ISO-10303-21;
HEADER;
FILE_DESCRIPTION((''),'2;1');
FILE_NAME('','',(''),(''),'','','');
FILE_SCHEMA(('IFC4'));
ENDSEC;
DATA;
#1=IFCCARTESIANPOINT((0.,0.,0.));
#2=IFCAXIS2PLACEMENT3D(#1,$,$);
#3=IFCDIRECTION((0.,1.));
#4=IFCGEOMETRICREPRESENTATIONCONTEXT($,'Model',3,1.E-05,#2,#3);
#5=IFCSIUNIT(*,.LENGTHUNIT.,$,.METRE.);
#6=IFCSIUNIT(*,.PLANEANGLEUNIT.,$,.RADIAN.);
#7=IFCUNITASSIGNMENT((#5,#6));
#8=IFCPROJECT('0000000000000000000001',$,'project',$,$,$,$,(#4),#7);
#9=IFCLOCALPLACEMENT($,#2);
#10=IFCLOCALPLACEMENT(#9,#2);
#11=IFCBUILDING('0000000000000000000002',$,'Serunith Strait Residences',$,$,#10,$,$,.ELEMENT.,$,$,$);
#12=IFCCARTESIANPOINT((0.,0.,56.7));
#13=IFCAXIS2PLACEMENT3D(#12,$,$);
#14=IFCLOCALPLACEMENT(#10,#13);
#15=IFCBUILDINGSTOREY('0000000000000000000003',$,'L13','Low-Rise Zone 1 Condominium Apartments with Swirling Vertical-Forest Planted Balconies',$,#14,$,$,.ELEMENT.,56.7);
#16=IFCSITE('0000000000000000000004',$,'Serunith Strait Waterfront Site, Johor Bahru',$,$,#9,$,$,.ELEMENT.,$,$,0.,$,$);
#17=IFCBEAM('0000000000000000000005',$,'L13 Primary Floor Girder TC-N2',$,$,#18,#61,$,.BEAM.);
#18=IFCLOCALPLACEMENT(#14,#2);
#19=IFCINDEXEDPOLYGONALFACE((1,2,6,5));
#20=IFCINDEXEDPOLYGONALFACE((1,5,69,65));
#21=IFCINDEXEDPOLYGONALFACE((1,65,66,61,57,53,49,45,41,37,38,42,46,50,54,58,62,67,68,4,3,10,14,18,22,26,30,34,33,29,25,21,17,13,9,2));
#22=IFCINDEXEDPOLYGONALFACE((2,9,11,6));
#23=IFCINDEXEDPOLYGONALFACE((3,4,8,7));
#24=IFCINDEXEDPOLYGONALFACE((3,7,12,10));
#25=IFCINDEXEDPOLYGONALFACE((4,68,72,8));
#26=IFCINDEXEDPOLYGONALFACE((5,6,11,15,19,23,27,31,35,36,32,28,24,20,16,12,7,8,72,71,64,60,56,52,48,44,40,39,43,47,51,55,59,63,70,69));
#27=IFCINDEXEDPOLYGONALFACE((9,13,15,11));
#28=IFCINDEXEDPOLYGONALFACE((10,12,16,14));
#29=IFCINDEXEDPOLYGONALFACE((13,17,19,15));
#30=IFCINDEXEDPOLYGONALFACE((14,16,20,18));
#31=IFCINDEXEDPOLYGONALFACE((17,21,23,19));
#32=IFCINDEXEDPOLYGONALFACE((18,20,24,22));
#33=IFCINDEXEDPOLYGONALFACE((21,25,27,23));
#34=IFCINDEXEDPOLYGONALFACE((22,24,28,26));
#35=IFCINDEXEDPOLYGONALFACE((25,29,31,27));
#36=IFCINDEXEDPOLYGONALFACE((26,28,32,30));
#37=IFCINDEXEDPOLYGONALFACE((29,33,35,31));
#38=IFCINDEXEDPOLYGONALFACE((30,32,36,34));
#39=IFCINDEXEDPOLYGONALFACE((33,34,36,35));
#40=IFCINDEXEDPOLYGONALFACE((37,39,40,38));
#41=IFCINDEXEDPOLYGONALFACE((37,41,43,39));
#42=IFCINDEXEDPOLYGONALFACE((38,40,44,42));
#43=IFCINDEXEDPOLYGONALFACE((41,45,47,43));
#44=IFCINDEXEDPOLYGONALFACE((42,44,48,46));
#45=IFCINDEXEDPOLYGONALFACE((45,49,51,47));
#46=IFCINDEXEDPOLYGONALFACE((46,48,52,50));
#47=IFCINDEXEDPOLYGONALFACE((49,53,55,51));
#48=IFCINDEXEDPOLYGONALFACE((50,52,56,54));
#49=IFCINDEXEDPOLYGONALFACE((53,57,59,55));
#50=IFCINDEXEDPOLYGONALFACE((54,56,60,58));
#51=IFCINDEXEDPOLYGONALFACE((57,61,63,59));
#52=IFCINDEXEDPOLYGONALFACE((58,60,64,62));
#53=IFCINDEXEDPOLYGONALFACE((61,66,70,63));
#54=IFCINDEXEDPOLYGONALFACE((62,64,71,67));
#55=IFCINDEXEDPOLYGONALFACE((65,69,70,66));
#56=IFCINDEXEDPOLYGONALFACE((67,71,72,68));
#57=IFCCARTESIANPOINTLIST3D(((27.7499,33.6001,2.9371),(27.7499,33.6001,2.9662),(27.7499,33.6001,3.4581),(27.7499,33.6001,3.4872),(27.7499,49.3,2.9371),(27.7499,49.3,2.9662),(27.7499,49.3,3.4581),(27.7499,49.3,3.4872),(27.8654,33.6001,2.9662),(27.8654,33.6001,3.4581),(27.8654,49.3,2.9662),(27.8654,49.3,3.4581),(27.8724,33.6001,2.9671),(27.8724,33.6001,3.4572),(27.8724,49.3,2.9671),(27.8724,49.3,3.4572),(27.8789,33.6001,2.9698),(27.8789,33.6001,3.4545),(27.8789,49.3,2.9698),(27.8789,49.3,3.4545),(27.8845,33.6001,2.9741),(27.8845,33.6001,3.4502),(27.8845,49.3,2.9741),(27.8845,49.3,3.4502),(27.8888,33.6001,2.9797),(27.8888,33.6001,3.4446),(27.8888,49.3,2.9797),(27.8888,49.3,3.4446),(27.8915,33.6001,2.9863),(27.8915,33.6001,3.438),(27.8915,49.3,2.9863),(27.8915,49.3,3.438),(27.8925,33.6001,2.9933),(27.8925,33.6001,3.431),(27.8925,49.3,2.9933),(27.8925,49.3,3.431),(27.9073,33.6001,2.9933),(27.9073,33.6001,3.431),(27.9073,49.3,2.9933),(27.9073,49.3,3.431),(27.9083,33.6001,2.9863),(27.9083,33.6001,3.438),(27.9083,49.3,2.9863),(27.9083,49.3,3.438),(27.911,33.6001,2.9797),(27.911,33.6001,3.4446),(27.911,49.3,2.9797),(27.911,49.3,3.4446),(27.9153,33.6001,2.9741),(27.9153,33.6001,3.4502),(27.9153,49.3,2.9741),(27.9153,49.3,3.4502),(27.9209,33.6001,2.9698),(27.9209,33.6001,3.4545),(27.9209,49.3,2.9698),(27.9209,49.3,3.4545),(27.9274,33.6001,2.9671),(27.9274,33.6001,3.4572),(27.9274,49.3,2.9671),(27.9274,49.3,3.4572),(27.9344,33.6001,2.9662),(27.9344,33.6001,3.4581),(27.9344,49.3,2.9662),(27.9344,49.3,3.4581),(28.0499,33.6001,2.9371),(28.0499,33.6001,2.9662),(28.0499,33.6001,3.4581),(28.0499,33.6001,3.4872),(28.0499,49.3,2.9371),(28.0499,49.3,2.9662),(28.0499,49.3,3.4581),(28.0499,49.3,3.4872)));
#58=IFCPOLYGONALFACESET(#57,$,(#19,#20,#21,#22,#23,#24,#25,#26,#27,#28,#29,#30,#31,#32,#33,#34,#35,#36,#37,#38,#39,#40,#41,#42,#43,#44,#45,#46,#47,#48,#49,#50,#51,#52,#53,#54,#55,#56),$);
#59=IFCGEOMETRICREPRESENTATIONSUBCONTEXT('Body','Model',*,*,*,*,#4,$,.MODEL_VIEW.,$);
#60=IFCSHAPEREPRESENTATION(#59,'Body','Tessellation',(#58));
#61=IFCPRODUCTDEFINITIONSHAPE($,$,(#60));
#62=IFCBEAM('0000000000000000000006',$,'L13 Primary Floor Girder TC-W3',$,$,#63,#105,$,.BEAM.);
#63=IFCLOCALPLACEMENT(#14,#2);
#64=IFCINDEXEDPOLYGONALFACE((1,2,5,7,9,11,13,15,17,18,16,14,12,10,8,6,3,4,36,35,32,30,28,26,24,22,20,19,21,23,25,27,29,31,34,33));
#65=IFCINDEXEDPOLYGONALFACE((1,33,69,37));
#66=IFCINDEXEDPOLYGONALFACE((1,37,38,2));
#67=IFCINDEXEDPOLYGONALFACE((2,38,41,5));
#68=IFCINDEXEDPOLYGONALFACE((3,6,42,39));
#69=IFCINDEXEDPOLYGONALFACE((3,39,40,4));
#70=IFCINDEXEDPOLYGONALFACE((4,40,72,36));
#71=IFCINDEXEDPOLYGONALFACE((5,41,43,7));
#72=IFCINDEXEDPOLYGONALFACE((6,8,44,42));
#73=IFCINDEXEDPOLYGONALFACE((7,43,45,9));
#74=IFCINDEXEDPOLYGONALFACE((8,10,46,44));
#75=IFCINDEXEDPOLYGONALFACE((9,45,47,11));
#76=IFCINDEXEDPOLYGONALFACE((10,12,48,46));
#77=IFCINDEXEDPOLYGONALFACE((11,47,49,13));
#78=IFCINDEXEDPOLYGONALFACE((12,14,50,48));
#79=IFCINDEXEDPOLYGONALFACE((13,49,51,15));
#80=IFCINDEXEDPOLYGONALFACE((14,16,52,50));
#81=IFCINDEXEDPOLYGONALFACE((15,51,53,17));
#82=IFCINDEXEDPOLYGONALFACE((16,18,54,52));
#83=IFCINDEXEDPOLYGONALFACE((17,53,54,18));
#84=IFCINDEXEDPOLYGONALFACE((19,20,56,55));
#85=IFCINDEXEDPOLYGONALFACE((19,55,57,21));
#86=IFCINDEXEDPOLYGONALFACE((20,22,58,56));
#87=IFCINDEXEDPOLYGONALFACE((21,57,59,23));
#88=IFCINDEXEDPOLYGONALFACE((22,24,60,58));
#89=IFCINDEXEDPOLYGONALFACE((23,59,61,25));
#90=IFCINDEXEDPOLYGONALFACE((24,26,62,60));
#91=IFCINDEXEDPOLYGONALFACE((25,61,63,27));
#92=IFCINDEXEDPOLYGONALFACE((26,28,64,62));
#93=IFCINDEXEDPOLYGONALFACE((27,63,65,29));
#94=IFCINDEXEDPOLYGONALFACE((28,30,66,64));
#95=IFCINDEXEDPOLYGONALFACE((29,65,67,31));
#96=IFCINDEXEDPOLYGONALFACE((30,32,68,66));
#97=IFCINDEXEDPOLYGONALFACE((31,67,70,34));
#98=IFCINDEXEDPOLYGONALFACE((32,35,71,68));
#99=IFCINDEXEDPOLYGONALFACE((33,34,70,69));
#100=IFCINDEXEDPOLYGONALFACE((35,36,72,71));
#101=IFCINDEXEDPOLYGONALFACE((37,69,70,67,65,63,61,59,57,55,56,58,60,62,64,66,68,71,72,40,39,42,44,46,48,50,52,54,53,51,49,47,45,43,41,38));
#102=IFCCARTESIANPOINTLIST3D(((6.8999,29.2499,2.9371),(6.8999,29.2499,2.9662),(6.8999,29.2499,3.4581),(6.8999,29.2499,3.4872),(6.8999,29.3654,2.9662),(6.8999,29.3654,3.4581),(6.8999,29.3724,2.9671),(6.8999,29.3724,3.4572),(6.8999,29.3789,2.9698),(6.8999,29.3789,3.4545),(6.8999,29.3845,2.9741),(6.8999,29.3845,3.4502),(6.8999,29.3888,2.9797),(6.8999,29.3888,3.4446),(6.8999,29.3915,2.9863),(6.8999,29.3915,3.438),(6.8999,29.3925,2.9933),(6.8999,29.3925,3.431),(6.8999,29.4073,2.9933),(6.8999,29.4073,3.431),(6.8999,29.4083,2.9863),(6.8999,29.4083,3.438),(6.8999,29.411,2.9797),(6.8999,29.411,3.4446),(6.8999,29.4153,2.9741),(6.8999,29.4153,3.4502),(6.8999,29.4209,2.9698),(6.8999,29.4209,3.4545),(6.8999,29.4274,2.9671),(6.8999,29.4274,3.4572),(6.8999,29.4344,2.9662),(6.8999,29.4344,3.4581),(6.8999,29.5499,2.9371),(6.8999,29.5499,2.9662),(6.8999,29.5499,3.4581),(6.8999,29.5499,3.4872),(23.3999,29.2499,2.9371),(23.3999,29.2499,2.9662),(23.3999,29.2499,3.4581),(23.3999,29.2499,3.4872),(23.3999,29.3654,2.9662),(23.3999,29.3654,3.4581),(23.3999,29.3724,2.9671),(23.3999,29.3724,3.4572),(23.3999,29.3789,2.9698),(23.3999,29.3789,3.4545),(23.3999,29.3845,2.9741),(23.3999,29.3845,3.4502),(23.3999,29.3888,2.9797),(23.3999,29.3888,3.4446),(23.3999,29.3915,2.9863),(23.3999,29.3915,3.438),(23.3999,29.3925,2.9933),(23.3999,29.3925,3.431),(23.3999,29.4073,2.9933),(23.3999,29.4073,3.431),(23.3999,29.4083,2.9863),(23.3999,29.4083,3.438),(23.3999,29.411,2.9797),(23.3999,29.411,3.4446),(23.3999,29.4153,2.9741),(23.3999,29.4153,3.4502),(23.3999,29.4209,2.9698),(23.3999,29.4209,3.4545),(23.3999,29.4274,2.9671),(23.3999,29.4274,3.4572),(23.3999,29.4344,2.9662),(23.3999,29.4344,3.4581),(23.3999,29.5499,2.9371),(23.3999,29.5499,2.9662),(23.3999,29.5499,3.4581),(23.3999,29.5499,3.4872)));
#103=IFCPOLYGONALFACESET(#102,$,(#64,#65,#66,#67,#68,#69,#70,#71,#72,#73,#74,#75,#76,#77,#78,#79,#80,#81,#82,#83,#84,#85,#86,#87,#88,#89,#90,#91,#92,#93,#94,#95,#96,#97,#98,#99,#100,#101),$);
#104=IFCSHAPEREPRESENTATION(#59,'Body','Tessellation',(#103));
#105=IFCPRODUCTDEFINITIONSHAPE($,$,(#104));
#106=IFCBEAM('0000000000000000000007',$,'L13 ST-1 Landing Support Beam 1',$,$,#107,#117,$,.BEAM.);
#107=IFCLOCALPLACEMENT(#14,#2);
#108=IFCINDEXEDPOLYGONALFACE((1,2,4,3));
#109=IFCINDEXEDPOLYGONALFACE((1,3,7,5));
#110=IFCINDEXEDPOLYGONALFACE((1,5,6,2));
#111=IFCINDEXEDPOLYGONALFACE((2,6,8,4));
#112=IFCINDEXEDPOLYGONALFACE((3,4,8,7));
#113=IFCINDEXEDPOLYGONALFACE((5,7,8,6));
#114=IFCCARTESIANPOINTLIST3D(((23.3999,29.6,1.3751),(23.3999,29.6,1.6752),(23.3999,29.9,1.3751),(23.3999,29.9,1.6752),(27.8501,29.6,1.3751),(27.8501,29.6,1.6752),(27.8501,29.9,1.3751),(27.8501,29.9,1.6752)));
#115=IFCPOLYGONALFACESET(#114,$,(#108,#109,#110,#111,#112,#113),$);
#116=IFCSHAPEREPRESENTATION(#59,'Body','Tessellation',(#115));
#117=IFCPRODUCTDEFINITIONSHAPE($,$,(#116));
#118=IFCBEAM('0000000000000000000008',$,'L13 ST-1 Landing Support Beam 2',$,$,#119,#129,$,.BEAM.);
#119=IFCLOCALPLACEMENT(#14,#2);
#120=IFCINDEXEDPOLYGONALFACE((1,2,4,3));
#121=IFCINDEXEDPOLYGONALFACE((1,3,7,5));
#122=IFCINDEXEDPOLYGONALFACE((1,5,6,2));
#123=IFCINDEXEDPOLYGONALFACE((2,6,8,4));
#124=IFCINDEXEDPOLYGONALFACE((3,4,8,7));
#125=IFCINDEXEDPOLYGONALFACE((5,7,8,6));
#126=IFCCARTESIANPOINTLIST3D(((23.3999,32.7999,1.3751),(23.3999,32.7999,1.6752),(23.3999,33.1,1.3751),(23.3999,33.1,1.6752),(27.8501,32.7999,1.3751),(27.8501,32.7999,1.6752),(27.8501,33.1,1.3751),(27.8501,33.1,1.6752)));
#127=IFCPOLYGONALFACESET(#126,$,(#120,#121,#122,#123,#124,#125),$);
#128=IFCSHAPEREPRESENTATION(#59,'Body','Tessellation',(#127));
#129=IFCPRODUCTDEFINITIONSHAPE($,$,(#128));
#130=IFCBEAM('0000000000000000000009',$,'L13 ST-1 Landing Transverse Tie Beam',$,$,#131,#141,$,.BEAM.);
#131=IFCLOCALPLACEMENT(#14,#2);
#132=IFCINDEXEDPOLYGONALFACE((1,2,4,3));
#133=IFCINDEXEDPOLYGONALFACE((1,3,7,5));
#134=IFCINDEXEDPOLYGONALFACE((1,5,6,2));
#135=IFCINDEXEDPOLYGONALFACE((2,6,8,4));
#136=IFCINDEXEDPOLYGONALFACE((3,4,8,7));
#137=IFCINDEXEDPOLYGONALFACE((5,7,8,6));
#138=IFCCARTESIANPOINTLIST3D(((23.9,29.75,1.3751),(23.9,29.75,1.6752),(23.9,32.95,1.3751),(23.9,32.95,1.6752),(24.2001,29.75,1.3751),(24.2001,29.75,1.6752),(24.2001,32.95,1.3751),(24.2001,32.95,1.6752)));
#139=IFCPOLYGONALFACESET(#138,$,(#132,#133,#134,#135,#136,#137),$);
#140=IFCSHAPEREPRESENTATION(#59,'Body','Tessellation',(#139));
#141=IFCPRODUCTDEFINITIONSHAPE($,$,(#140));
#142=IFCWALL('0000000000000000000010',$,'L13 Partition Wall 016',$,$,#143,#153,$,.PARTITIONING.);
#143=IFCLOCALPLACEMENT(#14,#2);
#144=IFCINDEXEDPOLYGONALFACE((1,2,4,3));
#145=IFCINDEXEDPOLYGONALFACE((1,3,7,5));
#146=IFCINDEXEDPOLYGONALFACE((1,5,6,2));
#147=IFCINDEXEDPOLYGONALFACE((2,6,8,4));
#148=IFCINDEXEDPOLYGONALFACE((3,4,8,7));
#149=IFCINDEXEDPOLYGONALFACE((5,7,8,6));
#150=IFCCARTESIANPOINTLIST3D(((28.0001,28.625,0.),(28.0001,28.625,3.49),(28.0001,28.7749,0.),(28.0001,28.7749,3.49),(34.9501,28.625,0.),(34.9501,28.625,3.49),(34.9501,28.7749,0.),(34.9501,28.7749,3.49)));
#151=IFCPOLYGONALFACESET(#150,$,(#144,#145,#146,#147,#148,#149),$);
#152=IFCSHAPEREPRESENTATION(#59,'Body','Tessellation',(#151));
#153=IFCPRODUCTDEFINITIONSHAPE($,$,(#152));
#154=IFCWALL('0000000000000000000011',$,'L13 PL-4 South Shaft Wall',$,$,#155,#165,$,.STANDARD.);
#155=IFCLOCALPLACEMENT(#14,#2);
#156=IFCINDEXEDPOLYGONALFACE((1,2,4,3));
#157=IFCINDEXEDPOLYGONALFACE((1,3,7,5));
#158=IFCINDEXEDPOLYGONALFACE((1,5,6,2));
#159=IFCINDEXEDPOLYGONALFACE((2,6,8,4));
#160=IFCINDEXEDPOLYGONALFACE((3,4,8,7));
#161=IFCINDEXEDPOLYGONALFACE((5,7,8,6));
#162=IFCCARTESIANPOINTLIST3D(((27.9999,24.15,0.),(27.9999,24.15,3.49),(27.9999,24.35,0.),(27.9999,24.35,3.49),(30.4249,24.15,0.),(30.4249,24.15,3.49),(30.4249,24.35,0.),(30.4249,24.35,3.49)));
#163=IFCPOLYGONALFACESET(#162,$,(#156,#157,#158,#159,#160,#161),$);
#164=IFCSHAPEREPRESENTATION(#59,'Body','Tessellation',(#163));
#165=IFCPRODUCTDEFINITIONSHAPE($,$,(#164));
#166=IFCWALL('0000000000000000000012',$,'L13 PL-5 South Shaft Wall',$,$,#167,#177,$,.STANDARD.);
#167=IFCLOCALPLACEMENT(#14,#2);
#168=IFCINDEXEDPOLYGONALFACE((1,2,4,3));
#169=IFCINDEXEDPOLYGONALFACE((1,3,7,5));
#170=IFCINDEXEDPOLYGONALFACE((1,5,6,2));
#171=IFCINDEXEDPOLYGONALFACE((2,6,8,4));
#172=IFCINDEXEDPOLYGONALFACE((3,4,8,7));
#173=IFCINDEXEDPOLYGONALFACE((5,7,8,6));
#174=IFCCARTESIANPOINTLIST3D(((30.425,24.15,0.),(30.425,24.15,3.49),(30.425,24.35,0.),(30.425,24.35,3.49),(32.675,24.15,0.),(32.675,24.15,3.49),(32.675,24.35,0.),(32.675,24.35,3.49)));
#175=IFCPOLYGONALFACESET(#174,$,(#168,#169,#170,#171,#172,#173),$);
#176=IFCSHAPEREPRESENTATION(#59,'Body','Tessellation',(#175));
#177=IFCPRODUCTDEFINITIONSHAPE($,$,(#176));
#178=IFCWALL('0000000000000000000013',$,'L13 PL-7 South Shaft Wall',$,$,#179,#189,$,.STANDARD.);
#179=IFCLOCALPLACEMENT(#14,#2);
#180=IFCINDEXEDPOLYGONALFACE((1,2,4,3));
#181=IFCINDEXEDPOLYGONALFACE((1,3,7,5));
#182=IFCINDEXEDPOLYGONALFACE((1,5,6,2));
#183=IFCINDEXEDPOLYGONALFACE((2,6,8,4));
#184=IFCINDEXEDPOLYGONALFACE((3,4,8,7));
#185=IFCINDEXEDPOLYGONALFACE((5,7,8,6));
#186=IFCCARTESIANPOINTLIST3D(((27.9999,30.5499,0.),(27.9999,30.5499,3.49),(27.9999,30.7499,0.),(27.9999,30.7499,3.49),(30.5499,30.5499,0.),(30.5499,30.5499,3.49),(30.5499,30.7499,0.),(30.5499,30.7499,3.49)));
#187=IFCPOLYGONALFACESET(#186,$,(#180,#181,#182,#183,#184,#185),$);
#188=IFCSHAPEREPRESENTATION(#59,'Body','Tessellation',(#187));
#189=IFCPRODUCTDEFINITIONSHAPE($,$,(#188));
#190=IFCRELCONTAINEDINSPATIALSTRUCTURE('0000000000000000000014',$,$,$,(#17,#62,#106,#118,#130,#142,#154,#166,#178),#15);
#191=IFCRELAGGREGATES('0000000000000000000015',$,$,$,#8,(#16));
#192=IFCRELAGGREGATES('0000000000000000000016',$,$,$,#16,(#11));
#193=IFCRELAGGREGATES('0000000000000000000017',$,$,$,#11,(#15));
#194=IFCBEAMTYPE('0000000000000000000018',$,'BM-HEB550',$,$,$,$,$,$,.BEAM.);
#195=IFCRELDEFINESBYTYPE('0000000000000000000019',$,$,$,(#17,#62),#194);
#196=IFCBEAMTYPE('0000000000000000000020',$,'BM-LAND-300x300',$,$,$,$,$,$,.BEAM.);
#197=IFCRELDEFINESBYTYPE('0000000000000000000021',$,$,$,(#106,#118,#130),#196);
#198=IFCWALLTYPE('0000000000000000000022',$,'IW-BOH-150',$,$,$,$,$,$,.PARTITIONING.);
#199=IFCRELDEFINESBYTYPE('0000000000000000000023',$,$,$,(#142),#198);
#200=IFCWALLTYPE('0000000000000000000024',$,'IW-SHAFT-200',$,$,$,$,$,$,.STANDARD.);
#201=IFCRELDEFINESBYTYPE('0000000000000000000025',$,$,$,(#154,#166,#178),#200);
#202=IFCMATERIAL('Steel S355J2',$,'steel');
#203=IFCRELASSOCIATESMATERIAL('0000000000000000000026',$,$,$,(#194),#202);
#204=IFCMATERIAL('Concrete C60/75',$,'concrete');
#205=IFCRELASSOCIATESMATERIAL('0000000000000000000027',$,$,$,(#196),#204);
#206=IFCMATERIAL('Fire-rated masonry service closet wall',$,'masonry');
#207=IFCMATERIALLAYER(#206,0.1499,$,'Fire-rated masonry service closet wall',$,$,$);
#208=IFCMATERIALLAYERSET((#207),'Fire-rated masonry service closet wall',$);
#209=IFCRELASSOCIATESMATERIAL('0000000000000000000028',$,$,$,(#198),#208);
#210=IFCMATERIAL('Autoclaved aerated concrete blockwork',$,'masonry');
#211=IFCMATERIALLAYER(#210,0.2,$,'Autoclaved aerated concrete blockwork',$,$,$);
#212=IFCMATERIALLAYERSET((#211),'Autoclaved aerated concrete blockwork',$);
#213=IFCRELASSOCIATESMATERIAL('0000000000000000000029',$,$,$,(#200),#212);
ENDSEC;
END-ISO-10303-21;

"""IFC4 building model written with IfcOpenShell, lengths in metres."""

from ifc_helpers import new_model, si_unit, direction, frame, frame_2d, origin, origin_2d, place, context, subcontext, project, spatial, rectangle, i_section, extrude, source, transform, mapped, material, layer, layer_set, material_profile, profile_set, type_object, element, save


model = new_model("IFC4")

# Units and contexts
model_context = context("Model", 3, precision=1e-05, world=origin(), true_north=direction((0.0, 1.0)))
body_context = subcontext(model_context, "Body", "Model", "MODEL_VIEW")
ifc_project = project(units=[si_unit("LENGTHUNIT", "METRE"), si_unit("PLANEANGLEUNIT", "RADIAN")], contexts=[model_context])

# Site, building, storey
site_placement = place(None, origin())
site = spatial("IfcSite", under=ifc_project, at=site_placement, Name="Serunith Strait Waterfront Site, Johor Bahru", CompositionType="ELEMENT", RefElevation=0.0)
building_placement = place(site_placement, origin())
building = spatial("IfcBuilding", under=site, at=building_placement, Name="Serunith Strait Residences", CompositionType="ELEMENT")
storey_placement = place(building_placement, frame((0.0, 0.0, 56.7)))
storey = spatial("IfcBuildingStorey", under=building, at=storey_placement, Name="L13", Description="Low-Rise Zone 1 Condominium Apartments with Swirling Vertical-Forest Planted Balconies", CompositionType="ELEMENT", Elevation=56.7)

# Beams
ifc_material_1 = material(Name="Steel S355J2", Category="steel")
ifc_material_profile_1 = material_profile(ifc_material_1, i_section(OverallWidth=0.3, OverallDepth=0.55, WebThickness=0.0149, FlangeThickness=0.0291, FilletRadius=0.0271, at=origin_2d()), Name="HEB 550")
ifc_profile_set_1 = profile_set([ifc_material_profile_1], Name="Steel S355J2")
beam_type_1 = type_object("IfcBeamType", Name="BM-HEB550", PredefinedType="BEAM", material=ifc_profile_set_1)
shared_shape_1 = source(origin(), body_context, "Body", "SweptSolid", [
    extrude(i_section(OverallWidth=0.3, OverallDepth=0.55, WebThickness=0.0149, FlangeThickness=0.0291, FilletRadius=0.0271, at=origin_2d()), origin(), (0.0, 0.0, 1.0), 15.7),
])
beam_1_placement = place(storey_placement, frame((27.8999, 33.6001, 3.2122), z_axis=(0.0, 1.0, 0.0), x_axis=(-1.0, 0.0, 0.0)))
element("IfcBeam", 1, at=beam_1_placement, inside=storey, type_object=beam_type_1, Name="L13 Primary Floor Girder TC-N2", PredefinedType="BEAM", context=body_context, shape_type="MappedRepresentation", body=[
    mapped(shared_shape_1, transform((0.0, 0.0, 0.0), scale=1.0)),
])
shared_shape_2 = source(origin(), body_context, "Body", "SweptSolid", [
    extrude(i_section(OverallWidth=0.3, OverallDepth=0.55, WebThickness=0.0149, FlangeThickness=0.0291, FilletRadius=0.0271, at=origin_2d()), origin(), (0.0, 0.0, 1.0), 16.5),
])
beam_2_placement = place(storey_placement, frame((23.3999, 29.3999, 3.2122), z_axis=(-1.0, 0.0, 0.0), x_axis=(0.0, -1.0, 0.0)))
element("IfcBeam", 2, at=beam_2_placement, inside=storey, type_object=beam_type_1, Name="L13 Primary Floor Girder TC-W3", PredefinedType="BEAM", context=body_context, shape_type="MappedRepresentation", body=[
    mapped(shared_shape_2, transform((0.0, 0.0, 0.0), scale=1.0)),
])
ifc_material_2 = material(Name="Concrete C60/75", Category="concrete")
ifc_material_profile_2 = material_profile(ifc_material_2, rectangle(XDim=0.3, YDim=0.3, at=origin_2d()), Name="RC 300x300")
ifc_profile_set_2 = profile_set([ifc_material_profile_2], Name="Concrete C60/75")
beam_type_2 = type_object("IfcBeamType", Name="BM-LAND-300x300", PredefinedType="BEAM", material=ifc_profile_set_2)
shared_shape_3 = source(origin(), body_context, "Body", "SweptSolid", [
    extrude(rectangle(XDim=0.3, YDim=0.3, at=origin_2d()), origin(), (0.0, 0.0, 1.0), 4.4502),
])
for number, where, z_axis, x_axis, name in (
    (3, (23.3999, 29.75, 1.5251), (1.0, 0.0, 0.0), (0.0, 1.0, 0.0), "L13 ST-1 Landing Support Beam 1"),
    (4, (23.3999, 32.95, 1.5251), (1.0, 0.0, 0.0), (0.0, 1.0, 0.0), "L13 ST-1 Landing Support Beam 2"),
):
    element("IfcBeam", number, at=place(storey_placement, frame(where, z_axis=z_axis, x_axis=x_axis)), inside=storey, type_object=beam_type_2, Name=name, PredefinedType="BEAM", context=body_context, shape_type="MappedRepresentation", body=[
        mapped(shared_shape_3, transform((0.0, 0.0, 0.0), scale=1.0)),
    ])
shared_shape_4 = source(origin(), body_context, "Body", "SweptSolid", [
    extrude(rectangle(XDim=0.3, YDim=0.3, at=origin_2d()), origin(), (0.0, 0.0, 1.0), 3.2),
])
beam_3_placement = place(storey_placement, frame((24.05, 29.75, 1.5251), z_axis=(0.0, 1.0, 0.0), x_axis=(-1.0, 0.0, 0.0)))
element("IfcBeam", 5, at=beam_3_placement, inside=storey, type_object=beam_type_2, Name="L13 ST-1 Landing Transverse Tie Beam", PredefinedType="BEAM", context=body_context, shape_type="MappedRepresentation", body=[
    mapped(shared_shape_4, transform((0.0, 0.0, 0.0), scale=1.0)),
])

# Walls
ifc_material_3 = material(Name="Fire-rated masonry service closet wall", Category="masonry")
ifc_layer_1 = layer(ifc_material_3, 0.1499, Name="Fire-rated masonry service closet wall")
ifc_layer_set_1 = layer_set([ifc_layer_1], Name="Fire-rated masonry service closet wall")
wall_type_1 = type_object("IfcWallType", Name="IW-BOH-150", PredefinedType="PARTITIONING", material=ifc_layer_set_1)
wall_1_placement = place(storey_placement, frame((28.0, 28.7, 0.0), z_axis=(0.0, 0.0, 1.0), x_axis=(1.0, 0.0, 0.0)))
element("IfcWall", 6, at=wall_1_placement, inside=storey, type_object=wall_type_1, Name="L13 Partition Wall 016", PredefinedType="PARTITIONING", context=body_context, shape_type="SweptSolid", body=[
    extrude(rectangle(XDim=6.95, YDim=0.1499, at=frame_2d((3.4751, 0.0))), origin(), (0.0, 0.0, 1.0), 3.49),
])
ifc_material_4 = material(Name="Autoclaved aerated concrete blockwork", Category="masonry")
ifc_layer_2 = layer(ifc_material_4, 0.2, Name="Autoclaved aerated concrete blockwork")
ifc_layer_set_2 = layer_set([ifc_layer_2], Name="Autoclaved aerated concrete blockwork")
wall_type_2 = type_object("IfcWallType", Name="IW-SHAFT-200", PredefinedType="STANDARD", material=ifc_layer_set_2)
wall_2_placement = place(storey_placement, frame((28.0, 24.25, 0.0), z_axis=(0.0, 0.0, 1.0), x_axis=(1.0, 0.0, 0.0)))
element("IfcWall", 7, at=wall_2_placement, inside=storey, type_object=wall_type_2, Name="L13 PL-4 South Shaft Wall", PredefinedType="STANDARD", context=body_context, shape_type="SweptSolid", body=[
    extrude(rectangle(XDim=2.425, YDim=0.2, at=frame_2d((1.2124, 0.0))), origin(), (0.0, 0.0, 1.0), 3.49),
])
wall_3_placement = place(storey_placement, frame((30.425, 24.25, 0.0), z_axis=(0.0, 0.0, 1.0), x_axis=(1.0, 0.0, 0.0)))
element("IfcWall", 8, at=wall_3_placement, inside=storey, type_object=wall_type_2, Name="L13 PL-5 South Shaft Wall", PredefinedType="STANDARD", context=body_context, shape_type="SweptSolid", body=[
    extrude(rectangle(XDim=2.25, YDim=0.2, at=frame_2d((1.125, 0.0))), origin(), (0.0, 0.0, 1.0), 3.49),
])
wall_4_placement = place(storey_placement, frame((28.0, 30.6499, 0.0), z_axis=(0.0, 0.0, 1.0), x_axis=(1.0, 0.0, 0.0)))
element("IfcWall", 9, at=wall_4_placement, inside=storey, type_object=wall_type_2, Name="L13 PL-7 South Shaft Wall", PredefinedType="STANDARD", context=body_context, shape_type="SweptSolid", body=[
    extrude(rectangle(XDim=2.55, YDim=0.2, at=frame_2d((1.2749, 0.0))), origin(), (0.0, 0.0, 1.0), 3.49),
])

save(model, "model.ifc")
